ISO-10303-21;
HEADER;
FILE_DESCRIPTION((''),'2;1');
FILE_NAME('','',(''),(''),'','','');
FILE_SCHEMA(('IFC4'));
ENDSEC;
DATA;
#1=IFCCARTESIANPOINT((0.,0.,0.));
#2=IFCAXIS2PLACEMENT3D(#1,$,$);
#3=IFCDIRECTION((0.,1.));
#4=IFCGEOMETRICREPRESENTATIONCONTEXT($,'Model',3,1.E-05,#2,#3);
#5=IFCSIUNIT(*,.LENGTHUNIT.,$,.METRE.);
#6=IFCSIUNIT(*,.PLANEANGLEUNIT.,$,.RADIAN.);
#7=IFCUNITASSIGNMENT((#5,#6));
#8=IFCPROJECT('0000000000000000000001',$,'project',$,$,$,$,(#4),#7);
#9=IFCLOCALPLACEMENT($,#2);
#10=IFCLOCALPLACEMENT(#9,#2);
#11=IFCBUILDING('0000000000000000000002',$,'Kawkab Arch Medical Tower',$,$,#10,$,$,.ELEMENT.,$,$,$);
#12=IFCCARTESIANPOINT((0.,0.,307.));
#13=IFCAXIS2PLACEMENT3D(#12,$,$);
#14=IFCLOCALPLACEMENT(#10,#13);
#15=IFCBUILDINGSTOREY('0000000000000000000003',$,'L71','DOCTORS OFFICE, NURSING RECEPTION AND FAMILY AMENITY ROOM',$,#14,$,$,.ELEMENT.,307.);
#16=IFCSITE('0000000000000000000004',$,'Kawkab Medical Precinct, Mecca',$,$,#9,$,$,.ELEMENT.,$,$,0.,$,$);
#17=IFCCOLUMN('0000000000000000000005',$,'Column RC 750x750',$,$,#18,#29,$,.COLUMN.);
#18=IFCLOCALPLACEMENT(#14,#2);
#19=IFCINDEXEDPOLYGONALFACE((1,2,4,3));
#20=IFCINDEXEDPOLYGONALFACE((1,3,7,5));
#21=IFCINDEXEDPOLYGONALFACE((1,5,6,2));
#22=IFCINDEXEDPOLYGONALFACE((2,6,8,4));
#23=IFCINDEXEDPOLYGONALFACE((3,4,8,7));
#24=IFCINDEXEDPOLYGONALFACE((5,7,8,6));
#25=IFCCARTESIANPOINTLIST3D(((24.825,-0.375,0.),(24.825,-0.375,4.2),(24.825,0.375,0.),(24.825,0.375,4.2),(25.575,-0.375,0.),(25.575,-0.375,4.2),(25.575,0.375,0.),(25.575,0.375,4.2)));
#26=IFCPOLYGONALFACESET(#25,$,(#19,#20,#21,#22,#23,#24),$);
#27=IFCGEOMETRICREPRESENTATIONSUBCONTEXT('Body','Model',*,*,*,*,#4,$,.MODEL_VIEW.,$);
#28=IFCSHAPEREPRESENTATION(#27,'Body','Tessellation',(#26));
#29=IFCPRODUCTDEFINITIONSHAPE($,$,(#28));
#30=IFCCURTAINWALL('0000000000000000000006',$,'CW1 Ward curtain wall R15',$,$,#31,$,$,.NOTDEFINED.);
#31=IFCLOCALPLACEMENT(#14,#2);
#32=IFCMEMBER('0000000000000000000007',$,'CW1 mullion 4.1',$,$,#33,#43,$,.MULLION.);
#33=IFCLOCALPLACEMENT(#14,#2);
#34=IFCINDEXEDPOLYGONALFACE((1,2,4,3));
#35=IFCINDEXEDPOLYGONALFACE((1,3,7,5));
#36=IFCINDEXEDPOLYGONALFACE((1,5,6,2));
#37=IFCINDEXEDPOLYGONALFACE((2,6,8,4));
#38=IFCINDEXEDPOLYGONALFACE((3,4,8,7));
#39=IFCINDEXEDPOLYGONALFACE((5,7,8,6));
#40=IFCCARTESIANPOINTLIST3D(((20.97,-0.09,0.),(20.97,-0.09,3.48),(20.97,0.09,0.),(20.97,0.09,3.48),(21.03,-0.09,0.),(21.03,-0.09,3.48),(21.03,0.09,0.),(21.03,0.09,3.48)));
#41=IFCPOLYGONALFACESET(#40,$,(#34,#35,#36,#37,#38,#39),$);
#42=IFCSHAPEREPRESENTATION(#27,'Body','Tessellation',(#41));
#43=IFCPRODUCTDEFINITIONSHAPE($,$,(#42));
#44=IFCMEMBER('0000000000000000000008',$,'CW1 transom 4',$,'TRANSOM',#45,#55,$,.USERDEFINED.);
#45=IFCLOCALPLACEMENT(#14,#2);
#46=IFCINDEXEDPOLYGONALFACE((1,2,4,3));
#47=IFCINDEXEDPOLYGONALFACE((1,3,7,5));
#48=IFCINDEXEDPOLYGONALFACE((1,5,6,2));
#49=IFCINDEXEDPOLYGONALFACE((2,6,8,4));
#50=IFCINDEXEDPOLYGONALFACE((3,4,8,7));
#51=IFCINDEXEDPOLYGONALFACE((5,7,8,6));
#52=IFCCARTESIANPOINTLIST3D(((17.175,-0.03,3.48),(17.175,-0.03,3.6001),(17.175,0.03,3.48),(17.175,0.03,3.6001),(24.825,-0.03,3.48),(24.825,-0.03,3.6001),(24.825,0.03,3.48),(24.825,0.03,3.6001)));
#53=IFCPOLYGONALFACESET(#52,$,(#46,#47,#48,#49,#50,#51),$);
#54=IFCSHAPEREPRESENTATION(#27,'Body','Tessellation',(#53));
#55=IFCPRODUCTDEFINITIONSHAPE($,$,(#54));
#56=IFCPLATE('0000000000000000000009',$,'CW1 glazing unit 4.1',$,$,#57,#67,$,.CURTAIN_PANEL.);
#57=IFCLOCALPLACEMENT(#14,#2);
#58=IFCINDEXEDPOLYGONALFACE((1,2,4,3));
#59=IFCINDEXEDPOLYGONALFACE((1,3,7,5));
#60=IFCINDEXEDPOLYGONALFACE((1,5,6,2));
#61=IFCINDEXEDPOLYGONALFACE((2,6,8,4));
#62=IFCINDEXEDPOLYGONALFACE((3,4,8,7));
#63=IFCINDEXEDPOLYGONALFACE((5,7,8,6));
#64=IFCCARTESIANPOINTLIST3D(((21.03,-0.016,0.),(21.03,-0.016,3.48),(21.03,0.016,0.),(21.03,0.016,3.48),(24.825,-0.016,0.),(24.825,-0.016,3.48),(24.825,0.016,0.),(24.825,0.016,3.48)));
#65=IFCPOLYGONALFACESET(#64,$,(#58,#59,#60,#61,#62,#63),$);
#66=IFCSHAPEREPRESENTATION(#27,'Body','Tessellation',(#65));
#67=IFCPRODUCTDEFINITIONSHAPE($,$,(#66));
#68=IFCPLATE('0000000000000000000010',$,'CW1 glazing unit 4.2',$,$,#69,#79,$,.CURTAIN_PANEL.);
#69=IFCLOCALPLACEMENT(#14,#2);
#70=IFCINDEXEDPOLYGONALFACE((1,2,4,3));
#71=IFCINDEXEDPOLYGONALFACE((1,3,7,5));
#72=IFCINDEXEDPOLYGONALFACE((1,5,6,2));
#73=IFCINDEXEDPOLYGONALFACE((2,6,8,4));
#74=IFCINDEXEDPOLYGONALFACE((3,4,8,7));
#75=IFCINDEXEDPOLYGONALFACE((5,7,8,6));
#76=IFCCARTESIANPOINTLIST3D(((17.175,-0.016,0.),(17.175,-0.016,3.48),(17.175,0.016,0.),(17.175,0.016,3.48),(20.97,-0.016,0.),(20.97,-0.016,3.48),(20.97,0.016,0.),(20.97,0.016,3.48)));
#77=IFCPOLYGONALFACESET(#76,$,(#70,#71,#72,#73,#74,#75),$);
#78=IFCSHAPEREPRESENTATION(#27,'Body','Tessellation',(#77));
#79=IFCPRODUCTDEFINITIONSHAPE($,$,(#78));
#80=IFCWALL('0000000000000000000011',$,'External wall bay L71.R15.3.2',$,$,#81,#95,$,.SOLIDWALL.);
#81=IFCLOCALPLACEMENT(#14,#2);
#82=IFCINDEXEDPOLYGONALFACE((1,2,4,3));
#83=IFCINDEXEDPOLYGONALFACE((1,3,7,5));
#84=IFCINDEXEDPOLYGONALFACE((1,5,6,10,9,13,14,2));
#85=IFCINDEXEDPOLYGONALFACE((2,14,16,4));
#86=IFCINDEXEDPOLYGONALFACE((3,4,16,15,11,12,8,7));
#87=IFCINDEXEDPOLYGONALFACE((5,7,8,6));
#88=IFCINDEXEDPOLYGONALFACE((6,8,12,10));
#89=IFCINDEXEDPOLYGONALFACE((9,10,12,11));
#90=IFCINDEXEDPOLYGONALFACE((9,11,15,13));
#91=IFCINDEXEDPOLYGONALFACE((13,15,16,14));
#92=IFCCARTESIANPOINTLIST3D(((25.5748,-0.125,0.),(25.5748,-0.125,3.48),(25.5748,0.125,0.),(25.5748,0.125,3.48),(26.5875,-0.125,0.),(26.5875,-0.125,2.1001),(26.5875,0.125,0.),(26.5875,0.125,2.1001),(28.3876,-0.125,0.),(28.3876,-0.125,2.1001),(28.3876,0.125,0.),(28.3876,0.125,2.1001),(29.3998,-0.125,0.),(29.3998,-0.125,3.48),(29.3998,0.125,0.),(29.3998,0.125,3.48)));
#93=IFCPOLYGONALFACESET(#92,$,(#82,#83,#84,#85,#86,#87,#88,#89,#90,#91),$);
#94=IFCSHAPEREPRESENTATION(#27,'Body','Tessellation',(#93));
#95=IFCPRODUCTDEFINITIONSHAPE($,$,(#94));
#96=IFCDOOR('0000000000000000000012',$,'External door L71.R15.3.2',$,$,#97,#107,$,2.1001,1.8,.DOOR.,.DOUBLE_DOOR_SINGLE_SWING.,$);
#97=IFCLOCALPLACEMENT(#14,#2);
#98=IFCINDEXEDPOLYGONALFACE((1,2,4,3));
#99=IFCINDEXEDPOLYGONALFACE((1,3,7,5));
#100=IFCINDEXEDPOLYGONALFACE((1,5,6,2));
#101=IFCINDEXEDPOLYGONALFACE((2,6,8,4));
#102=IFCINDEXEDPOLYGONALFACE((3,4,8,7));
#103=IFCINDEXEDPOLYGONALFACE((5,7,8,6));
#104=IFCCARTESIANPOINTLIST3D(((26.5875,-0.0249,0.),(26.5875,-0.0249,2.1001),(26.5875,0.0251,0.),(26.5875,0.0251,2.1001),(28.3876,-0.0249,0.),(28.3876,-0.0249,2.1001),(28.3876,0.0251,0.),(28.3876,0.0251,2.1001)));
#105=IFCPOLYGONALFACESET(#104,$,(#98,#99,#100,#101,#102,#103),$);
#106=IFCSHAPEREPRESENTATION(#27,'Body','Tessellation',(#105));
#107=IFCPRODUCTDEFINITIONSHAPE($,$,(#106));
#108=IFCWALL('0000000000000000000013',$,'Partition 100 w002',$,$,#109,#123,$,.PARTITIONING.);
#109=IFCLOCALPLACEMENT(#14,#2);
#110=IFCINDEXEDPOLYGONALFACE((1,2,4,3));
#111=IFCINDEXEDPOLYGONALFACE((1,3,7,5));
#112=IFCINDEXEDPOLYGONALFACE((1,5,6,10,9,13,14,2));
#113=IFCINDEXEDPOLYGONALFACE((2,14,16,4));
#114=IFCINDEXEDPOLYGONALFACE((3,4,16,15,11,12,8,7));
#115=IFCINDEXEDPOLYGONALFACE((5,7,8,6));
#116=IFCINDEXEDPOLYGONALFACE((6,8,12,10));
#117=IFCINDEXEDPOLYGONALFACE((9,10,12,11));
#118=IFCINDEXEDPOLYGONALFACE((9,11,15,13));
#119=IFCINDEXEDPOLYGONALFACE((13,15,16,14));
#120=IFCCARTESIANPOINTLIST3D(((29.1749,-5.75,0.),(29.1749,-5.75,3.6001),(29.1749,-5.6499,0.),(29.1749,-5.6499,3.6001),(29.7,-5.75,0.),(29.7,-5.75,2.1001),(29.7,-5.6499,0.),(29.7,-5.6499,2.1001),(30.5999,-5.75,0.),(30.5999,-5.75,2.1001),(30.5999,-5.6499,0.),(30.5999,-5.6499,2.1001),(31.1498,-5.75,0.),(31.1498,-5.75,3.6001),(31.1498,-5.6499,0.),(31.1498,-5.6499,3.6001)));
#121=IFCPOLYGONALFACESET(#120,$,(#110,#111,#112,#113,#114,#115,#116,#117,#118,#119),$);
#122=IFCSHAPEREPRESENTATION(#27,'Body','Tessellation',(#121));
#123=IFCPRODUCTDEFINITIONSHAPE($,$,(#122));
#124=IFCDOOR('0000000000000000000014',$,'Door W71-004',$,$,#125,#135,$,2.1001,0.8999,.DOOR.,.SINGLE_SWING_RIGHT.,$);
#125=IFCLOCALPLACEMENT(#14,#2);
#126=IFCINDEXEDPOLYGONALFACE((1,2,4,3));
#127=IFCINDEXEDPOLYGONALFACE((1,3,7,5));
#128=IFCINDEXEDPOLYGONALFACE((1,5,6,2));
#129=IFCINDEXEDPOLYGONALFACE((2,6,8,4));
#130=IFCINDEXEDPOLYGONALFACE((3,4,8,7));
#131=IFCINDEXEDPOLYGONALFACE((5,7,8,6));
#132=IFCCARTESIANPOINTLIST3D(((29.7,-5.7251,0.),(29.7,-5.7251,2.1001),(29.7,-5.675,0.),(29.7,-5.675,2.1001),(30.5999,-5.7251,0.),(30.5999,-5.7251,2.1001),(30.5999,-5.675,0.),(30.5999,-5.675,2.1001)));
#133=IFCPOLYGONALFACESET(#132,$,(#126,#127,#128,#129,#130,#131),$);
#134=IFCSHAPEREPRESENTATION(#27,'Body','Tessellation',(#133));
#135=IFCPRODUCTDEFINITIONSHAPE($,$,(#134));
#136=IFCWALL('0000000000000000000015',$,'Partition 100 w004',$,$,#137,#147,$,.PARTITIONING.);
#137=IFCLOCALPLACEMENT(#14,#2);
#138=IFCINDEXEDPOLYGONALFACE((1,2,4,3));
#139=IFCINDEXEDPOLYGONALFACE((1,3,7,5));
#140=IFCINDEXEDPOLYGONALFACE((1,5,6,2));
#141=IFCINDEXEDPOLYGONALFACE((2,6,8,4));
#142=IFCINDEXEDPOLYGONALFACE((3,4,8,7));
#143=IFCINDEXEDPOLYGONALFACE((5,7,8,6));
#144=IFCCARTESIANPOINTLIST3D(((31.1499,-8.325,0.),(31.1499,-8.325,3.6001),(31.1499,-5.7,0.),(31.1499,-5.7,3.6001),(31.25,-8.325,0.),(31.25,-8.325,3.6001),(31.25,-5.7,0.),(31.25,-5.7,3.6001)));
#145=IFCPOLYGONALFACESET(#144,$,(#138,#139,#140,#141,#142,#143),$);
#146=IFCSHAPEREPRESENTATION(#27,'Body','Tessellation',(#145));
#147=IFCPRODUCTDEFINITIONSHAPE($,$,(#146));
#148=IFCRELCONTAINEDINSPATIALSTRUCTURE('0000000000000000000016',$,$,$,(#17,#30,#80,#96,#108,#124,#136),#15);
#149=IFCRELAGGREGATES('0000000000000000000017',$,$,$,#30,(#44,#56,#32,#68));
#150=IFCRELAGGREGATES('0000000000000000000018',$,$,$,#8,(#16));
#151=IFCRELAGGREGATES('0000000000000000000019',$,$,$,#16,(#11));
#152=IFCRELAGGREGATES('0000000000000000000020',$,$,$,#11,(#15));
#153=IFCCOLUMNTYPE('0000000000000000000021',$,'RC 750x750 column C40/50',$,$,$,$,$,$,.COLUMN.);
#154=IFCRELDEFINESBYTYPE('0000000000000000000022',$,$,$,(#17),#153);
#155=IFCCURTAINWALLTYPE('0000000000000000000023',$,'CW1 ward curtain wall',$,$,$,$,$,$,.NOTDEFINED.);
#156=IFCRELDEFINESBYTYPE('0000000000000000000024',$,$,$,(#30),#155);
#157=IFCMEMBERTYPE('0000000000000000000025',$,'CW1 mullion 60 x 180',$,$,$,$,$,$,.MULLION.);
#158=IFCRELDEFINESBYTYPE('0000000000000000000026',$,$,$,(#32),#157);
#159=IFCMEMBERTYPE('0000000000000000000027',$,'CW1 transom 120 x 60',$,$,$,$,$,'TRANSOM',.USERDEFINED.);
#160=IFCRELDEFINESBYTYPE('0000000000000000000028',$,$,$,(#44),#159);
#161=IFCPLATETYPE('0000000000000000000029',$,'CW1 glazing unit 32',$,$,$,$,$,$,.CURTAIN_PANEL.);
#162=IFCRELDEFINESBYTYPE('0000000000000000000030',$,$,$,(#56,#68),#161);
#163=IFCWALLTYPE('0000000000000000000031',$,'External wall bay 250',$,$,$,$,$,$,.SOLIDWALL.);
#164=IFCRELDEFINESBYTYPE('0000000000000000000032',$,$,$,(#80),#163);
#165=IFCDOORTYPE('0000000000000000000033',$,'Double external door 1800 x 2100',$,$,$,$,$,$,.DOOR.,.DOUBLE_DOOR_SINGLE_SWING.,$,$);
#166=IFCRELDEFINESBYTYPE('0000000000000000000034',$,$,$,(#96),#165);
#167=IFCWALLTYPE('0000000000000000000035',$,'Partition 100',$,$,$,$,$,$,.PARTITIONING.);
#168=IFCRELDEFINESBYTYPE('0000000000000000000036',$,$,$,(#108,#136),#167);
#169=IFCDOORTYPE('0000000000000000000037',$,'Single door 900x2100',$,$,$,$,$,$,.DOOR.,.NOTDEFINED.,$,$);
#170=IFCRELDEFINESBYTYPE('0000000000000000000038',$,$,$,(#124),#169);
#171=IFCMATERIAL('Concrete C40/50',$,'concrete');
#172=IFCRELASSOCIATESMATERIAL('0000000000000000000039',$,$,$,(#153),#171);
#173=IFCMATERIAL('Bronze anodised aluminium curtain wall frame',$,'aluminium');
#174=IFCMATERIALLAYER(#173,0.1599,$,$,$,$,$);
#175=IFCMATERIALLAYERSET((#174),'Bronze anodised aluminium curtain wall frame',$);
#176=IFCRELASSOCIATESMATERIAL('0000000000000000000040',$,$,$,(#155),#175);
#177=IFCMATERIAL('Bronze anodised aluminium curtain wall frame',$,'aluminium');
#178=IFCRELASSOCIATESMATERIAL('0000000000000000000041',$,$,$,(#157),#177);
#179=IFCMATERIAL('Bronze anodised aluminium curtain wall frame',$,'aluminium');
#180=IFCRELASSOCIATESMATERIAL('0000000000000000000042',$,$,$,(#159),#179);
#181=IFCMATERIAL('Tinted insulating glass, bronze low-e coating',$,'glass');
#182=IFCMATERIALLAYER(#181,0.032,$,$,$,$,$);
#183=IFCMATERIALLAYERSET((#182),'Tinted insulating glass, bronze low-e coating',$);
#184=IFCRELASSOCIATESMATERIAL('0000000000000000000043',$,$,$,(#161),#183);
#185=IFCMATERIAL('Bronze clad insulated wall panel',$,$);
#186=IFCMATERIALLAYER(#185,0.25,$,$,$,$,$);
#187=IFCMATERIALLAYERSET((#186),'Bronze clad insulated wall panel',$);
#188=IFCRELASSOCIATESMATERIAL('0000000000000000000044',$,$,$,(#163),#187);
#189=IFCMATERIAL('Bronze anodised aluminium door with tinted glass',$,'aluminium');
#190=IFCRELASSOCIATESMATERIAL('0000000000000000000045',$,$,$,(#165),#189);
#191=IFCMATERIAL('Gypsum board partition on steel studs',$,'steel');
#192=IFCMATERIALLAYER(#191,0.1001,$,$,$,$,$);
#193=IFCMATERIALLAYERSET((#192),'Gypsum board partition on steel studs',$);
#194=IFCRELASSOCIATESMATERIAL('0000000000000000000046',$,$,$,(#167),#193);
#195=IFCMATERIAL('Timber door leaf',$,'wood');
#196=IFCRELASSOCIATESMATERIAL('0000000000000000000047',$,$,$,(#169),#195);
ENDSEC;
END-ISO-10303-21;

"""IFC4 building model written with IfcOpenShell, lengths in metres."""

from ifc_helpers import new_model, si_unit, direction, frame, frame_2d, origin, origin_2d, place, context, subcontext, project, spatial, rectangle, extrude, material, layer, layer_set, material_profile, profile_set, type_object, element, fill, aggregate, save


model = new_model("IFC4")

# Units and contexts
model_context = context("Model", 3, precision=1e-05, world=origin(), true_north=direction((0.0, 1.0)))
body_context = subcontext(model_context, "Body", "Model", "MODEL_VIEW")
ifc_project = project(units=[si_unit("LENGTHUNIT", "METRE"), si_unit("PLANEANGLEUNIT", "RADIAN")], contexts=[model_context])

# Site, building, storey
site_placement = place(None, origin())
site = spatial("IfcSite", under=ifc_project, at=site_placement, Name="Kawkab Medical Precinct, Mecca", CompositionType="ELEMENT", RefElevation=0.0)
building_placement = place(site_placement, origin())
building = spatial("IfcBuilding", under=site, at=building_placement, Name="Kawkab Arch Medical Tower", CompositionType="ELEMENT")
storey_placement = place(building_placement, frame((0.0, 0.0, 307.0)))
storey = spatial("IfcBuildingStorey", under=building, at=storey_placement, Name="L71", Description="DOCTORS OFFICE, NURSING RECEPTION AND FAMILY AMENITY ROOM", CompositionType="ELEMENT", Elevation=307.0)

# Column
ifc_material_1 = material(Name="Concrete C40/50", Category="concrete")
ifc_material_profile_1 = material_profile(ifc_material_1, rectangle(XDim=0.75, YDim=0.75, at=origin_2d()), Name="RC 750x750")
ifc_profile_set_1 = profile_set([ifc_material_profile_1], Name="Concrete C40/50")
column_type = type_object("IfcColumnType", Name="RC 750x750 column C40/50", PredefinedType="COLUMN", material=ifc_profile_set_1)
column_placement = place(storey_placement, frame((25.2, 0.0, 0.0), z_axis=(0.0, 0.0, 1.0), x_axis=(1.0, 0.0, 0.0)))
element("IfcColumn", 1, at=column_placement, inside=storey, type_object=column_type, Name="Column RC 750x750", PredefinedType="COLUMN", context=body_context, shape_type="SweptSolid", body=[
    extrude(rectangle(XDim=0.75, YDim=0.75, at=origin_2d()), origin(), (0.0, 0.0, 1.0), 4.2),
])

# Curtain wall, members, plates
ifc_material_2 = material(Name="Bronze anodised aluminium curtain wall frame", Category="aluminium")
ifc_layer_1 = layer(ifc_material_2, 0.1599)
ifc_layer_set_1 = layer_set([ifc_layer_1], Name="Bronze anodised aluminium curtain wall frame")
curtain_wall_type = type_object("IfcCurtainWallType", Name="CW1 ward curtain wall", PredefinedType="NOTDEFINED", material=ifc_layer_set_1)
placement = place(storey_placement, origin())
curtain_wall = element("IfcCurtainWall", 2, at=placement, inside=storey, type_object=curtain_wall_type, Name="CW1 Ward curtain wall R15", PredefinedType="NOTDEFINED")
ifc_material_3 = material(Name="Bronze anodised aluminium curtain wall frame", Category="aluminium")
ifc_material_profile_2 = material_profile(ifc_material_3, rectangle(XDim=0.1799, YDim=0.0601, at=origin_2d()), Name="AL 60x180")
ifc_profile_set_2 = profile_set([ifc_material_profile_2], Name="Bronze anodised aluminium curtain wall frame")
member_type_1 = type_object("IfcMemberType", Name="CW1 mullion 60 x 180", PredefinedType="MULLION", material=ifc_profile_set_2)
member_1_placement = place(storey_placement, frame((21.0, 0.0, 0.0), z_axis=(0.0, 0.0, 1.0), x_axis=(0.0, -1.0, 0.0)))
member_1 = element("IfcMember", 3, at=member_1_placement, type_object=member_type_1, Name="CW1 mullion 4.1", PredefinedType="MULLION", context=body_context, shape_type="SweptSolid", body=[
    extrude(rectangle(XDim=0.1799, YDim=0.0601, at=origin_2d()), origin(), (0.0, 0.0, 1.0), 3.48),
])
ifc_material_4 = material(Name="Bronze anodised aluminium curtain wall frame", Category="aluminium")
ifc_material_profile_3 = material_profile(ifc_material_4, rectangle(XDim=0.0601, YDim=0.1201, at=origin_2d()), Name="AL 60x120")
ifc_profile_set_3 = profile_set([ifc_material_profile_3], Name="Bronze anodised aluminium curtain wall frame")
member_type_2 = type_object("IfcMemberType", Name="CW1 transom 120 x 60", ElementType="TRANSOM", PredefinedType="USERDEFINED", material=ifc_profile_set_3)
member_2_placement = place(storey_placement, frame((24.825, 0.0, 3.54), z_axis=(-1.0, 0.0, 0.0), x_axis=(0.0, -1.0, 0.0)))
member_2 = element("IfcMember", 4, at=member_2_placement, type_object=member_type_2, Name="CW1 transom 4", ObjectType="TRANSOM", PredefinedType="USERDEFINED", context=body_context, shape_type="SweptSolid", body=[
    extrude(rectangle(XDim=0.0601, YDim=0.1201, at=origin_2d()), origin(), (0.0, 0.0, 1.0), 7.6499),
])
ifc_material_5 = material(Name="Tinted insulating glass, bronze low-e coating", Category="glass")
ifc_layer_2 = layer(ifc_material_5, 0.032)
ifc_layer_set_2 = layer_set([ifc_layer_2], Name="Tinted insulating glass, bronze low-e coating")
plate_type = type_object("IfcPlateType", Name="CW1 glazing unit 32", PredefinedType="CURTAIN_PANEL", material=ifc_layer_set_2)
plate_1_placement = place(storey_placement, frame((22.9275, 0.0, 0.0), z_axis=(0.0, 0.0, 1.0), x_axis=(-1.0, 0.0, 0.0)))
plate_1 = element("IfcPlate", 5, at=plate_1_placement, type_object=plate_type, Name="CW1 glazing unit 4.1", PredefinedType="CURTAIN_PANEL", context=body_context, shape_type="SweptSolid", body=[
    extrude(rectangle(XDim=3.7949, YDim=0.032, at=origin_2d()), origin(), (0.0, 0.0, 1.0), 3.48),
])
plate_2_placement = place(storey_placement, frame((19.0725, 0.0, 0.0), z_axis=(0.0, 0.0, 1.0), x_axis=(-1.0, 0.0, 0.0)))
plate_2 = element("IfcPlate", 6, at=plate_2_placement, type_object=plate_type, Name="CW1 glazing unit 4.2", PredefinedType="CURTAIN_PANEL", context=body_context, shape_type="SweptSolid", body=[
    extrude(rectangle(XDim=3.7949, YDim=0.032, at=origin_2d()), origin(), (0.0, 0.0, 1.0), 3.48),
])
aggregate(curtain_wall, [member_2, plate_1, member_1, plate_2])

# Walls, openings, doors
ifc_material_6 = material(Name="Bronze clad insulated wall panel")
ifc_layer_3 = layer(ifc_material_6, 0.25)
ifc_layer_set_3 = layer_set([ifc_layer_3], Name="Bronze clad insulated wall panel")
wall_type_1 = type_object("IfcWallType", Name="External wall bay 250", PredefinedType="SOLIDWALL", material=ifc_layer_set_3)
wall_1_placement = place(storey_placement, frame((29.3999, 0.0, 0.0), z_axis=(0.0, 0.0, 1.0), x_axis=(-1.0, 0.0, 0.0)))
wall_1 = element("IfcWall", 7, at=wall_1_placement, inside=storey, type_object=wall_type_1, Name="External wall bay L71.R15.3.2", PredefinedType="SOLIDWALL", context=body_context, shape_type="SweptSolid", body=[
    extrude(rectangle(XDim=3.825, YDim=0.25, at=frame_2d((1.9126, 0.0))), origin(), (0.0, 0.0, 1.0), 3.48),
])
opening_1_placement = place(wall_1_placement, frame((1.0125, 0.0, 0.0)))
opening_1 = element("IfcOpeningElement", 8, at=opening_1_placement, cuts=wall_1, PredefinedType="OPENING", context=body_context, shape_type="SweptSolid", body=[
    extrude(rectangle(XDim=1.8, YDim=2.1001, at=frame_2d((0.8999, 1.05))), frame((0.0, 0.135, 0.0), z_axis=(0.0, -1.0, 0.0), x_axis=(1.0, 0.0, 0.0)), (0.0, 0.0, 1.0), 0.27),
])
ifc_material_7 = material(Name="Bronze anodised aluminium door with tinted glass", Category="aluminium")
door_type_1 = type_object("IfcDoorType", Name="Double external door 1800 x 2100", OperationType="DOUBLE_DOOR_SINGLE_SWING", PredefinedType="DOOR", material=ifc_material_7)
door_1_placement = place(opening_1_placement, origin())
door_1 = element("IfcDoor", 9, at=door_1_placement, inside=storey, type_object=door_type_1, Name="External door L71.R15.3.2", OperationType="DOUBLE_DOOR_SINGLE_SWING", OverallHeight=2.1001, OverallWidth=1.8, PredefinedType="DOOR", context=body_context, shape_type="SweptSolid", body=[
    extrude(rectangle(XDim=1.8, YDim=2.1001, at=frame_2d((0.8999, 1.05))), frame((0.0, 0.0249, 0.0), z_axis=(0.0, -1.0, 0.0), x_axis=(1.0, 0.0, 0.0)), (0.0, 0.0, 1.0), 0.05),
])
fill(opening_1, door_1)
ifc_material_8 = material(Name="Gypsum board partition on steel studs", Category="steel")
ifc_layer_4 = layer(ifc_material_8, 0.1001)
ifc_layer_set_4 = layer_set([ifc_layer_4], Name="Gypsum board partition on steel studs")
wall_type_2 = type_object("IfcWallType", Name="Partition 100", PredefinedType="PARTITIONING", material=ifc_layer_set_4)
wall_2_placement = place(storey_placement, frame((29.175, -5.7, 0.0), z_axis=(0.0, 0.0, 1.0), x_axis=(1.0, 0.0, 0.0)))
wall_2 = element("IfcWall", 10, at=wall_2_placement, inside=storey, type_object=wall_type_2, Name="Partition 100 w002", PredefinedType="PARTITIONING", context=body_context, shape_type="SweptSolid", body=[
    extrude(rectangle(XDim=1.9749, YDim=0.1001, at=frame_2d((0.9873, 0.0))), origin(), (0.0, 0.0, 1.0), 3.6001),
])
opening_2_placement = place(wall_2_placement, frame((0.5249, 0.0, 0.0)))
opening_2 = element("IfcOpeningElement", 11, at=opening_2_placement, cuts=wall_2, PredefinedType="OPENING", context=body_context, shape_type="SweptSolid", body=[
    extrude(rectangle(XDim=0.8999, YDim=2.1001, at=frame_2d((0.45, 1.05))), frame((0.0, 0.0601, 0.0), z_axis=(0.0, -1.0, 0.0), x_axis=(1.0, 0.0, 0.0)), (0.0, 0.0, 1.0), 0.1201),
])
ifc_material_9 = material(Name="Timber door leaf", Category="wood")
door_type_2 = type_object("IfcDoorType", Name="Single door 900x2100", OperationType="NOTDEFINED", PredefinedType="DOOR", material=ifc_material_9)
door_2_placement = place(opening_2_placement, origin())
door_2 = element("IfcDoor", 12, at=door_2_placement, inside=storey, type_object=door_type_2, Name="Door W71-004", OperationType="SINGLE_SWING_RIGHT", OverallHeight=2.1001, OverallWidth=0.8999, PredefinedType="DOOR", context=body_context, shape_type="SweptSolid", body=[
    extrude(rectangle(XDim=0.8999, YDim=2.1001, at=frame_2d((0.45, 1.05))), frame((0.0, 0.0249, 0.0), z_axis=(0.0, -1.0, 0.0), x_axis=(1.0, 0.0, 0.0)), (0.0, 0.0, 1.0), 0.05),
])
fill(opening_2, door_2)

# Wall
wall_3_placement = place(storey_placement, frame((31.2, -8.325, 0.0), z_axis=(0.0, 0.0, 1.0), x_axis=(0.0, 1.0, 0.0)))
element("IfcWall", 13, at=wall_3_placement, inside=storey, type_object=wall_type_2, Name="Partition 100 w004", PredefinedType="PARTITIONING", context=body_context, shape_type="SweptSolid", body=[
    extrude(rectangle(XDim=2.625, YDim=0.1001, at=frame_2d((1.3125, 0.0))), origin(), (0.0, 0.0, 1.0), 3.6001),
])

save(model, "model.ifc")
